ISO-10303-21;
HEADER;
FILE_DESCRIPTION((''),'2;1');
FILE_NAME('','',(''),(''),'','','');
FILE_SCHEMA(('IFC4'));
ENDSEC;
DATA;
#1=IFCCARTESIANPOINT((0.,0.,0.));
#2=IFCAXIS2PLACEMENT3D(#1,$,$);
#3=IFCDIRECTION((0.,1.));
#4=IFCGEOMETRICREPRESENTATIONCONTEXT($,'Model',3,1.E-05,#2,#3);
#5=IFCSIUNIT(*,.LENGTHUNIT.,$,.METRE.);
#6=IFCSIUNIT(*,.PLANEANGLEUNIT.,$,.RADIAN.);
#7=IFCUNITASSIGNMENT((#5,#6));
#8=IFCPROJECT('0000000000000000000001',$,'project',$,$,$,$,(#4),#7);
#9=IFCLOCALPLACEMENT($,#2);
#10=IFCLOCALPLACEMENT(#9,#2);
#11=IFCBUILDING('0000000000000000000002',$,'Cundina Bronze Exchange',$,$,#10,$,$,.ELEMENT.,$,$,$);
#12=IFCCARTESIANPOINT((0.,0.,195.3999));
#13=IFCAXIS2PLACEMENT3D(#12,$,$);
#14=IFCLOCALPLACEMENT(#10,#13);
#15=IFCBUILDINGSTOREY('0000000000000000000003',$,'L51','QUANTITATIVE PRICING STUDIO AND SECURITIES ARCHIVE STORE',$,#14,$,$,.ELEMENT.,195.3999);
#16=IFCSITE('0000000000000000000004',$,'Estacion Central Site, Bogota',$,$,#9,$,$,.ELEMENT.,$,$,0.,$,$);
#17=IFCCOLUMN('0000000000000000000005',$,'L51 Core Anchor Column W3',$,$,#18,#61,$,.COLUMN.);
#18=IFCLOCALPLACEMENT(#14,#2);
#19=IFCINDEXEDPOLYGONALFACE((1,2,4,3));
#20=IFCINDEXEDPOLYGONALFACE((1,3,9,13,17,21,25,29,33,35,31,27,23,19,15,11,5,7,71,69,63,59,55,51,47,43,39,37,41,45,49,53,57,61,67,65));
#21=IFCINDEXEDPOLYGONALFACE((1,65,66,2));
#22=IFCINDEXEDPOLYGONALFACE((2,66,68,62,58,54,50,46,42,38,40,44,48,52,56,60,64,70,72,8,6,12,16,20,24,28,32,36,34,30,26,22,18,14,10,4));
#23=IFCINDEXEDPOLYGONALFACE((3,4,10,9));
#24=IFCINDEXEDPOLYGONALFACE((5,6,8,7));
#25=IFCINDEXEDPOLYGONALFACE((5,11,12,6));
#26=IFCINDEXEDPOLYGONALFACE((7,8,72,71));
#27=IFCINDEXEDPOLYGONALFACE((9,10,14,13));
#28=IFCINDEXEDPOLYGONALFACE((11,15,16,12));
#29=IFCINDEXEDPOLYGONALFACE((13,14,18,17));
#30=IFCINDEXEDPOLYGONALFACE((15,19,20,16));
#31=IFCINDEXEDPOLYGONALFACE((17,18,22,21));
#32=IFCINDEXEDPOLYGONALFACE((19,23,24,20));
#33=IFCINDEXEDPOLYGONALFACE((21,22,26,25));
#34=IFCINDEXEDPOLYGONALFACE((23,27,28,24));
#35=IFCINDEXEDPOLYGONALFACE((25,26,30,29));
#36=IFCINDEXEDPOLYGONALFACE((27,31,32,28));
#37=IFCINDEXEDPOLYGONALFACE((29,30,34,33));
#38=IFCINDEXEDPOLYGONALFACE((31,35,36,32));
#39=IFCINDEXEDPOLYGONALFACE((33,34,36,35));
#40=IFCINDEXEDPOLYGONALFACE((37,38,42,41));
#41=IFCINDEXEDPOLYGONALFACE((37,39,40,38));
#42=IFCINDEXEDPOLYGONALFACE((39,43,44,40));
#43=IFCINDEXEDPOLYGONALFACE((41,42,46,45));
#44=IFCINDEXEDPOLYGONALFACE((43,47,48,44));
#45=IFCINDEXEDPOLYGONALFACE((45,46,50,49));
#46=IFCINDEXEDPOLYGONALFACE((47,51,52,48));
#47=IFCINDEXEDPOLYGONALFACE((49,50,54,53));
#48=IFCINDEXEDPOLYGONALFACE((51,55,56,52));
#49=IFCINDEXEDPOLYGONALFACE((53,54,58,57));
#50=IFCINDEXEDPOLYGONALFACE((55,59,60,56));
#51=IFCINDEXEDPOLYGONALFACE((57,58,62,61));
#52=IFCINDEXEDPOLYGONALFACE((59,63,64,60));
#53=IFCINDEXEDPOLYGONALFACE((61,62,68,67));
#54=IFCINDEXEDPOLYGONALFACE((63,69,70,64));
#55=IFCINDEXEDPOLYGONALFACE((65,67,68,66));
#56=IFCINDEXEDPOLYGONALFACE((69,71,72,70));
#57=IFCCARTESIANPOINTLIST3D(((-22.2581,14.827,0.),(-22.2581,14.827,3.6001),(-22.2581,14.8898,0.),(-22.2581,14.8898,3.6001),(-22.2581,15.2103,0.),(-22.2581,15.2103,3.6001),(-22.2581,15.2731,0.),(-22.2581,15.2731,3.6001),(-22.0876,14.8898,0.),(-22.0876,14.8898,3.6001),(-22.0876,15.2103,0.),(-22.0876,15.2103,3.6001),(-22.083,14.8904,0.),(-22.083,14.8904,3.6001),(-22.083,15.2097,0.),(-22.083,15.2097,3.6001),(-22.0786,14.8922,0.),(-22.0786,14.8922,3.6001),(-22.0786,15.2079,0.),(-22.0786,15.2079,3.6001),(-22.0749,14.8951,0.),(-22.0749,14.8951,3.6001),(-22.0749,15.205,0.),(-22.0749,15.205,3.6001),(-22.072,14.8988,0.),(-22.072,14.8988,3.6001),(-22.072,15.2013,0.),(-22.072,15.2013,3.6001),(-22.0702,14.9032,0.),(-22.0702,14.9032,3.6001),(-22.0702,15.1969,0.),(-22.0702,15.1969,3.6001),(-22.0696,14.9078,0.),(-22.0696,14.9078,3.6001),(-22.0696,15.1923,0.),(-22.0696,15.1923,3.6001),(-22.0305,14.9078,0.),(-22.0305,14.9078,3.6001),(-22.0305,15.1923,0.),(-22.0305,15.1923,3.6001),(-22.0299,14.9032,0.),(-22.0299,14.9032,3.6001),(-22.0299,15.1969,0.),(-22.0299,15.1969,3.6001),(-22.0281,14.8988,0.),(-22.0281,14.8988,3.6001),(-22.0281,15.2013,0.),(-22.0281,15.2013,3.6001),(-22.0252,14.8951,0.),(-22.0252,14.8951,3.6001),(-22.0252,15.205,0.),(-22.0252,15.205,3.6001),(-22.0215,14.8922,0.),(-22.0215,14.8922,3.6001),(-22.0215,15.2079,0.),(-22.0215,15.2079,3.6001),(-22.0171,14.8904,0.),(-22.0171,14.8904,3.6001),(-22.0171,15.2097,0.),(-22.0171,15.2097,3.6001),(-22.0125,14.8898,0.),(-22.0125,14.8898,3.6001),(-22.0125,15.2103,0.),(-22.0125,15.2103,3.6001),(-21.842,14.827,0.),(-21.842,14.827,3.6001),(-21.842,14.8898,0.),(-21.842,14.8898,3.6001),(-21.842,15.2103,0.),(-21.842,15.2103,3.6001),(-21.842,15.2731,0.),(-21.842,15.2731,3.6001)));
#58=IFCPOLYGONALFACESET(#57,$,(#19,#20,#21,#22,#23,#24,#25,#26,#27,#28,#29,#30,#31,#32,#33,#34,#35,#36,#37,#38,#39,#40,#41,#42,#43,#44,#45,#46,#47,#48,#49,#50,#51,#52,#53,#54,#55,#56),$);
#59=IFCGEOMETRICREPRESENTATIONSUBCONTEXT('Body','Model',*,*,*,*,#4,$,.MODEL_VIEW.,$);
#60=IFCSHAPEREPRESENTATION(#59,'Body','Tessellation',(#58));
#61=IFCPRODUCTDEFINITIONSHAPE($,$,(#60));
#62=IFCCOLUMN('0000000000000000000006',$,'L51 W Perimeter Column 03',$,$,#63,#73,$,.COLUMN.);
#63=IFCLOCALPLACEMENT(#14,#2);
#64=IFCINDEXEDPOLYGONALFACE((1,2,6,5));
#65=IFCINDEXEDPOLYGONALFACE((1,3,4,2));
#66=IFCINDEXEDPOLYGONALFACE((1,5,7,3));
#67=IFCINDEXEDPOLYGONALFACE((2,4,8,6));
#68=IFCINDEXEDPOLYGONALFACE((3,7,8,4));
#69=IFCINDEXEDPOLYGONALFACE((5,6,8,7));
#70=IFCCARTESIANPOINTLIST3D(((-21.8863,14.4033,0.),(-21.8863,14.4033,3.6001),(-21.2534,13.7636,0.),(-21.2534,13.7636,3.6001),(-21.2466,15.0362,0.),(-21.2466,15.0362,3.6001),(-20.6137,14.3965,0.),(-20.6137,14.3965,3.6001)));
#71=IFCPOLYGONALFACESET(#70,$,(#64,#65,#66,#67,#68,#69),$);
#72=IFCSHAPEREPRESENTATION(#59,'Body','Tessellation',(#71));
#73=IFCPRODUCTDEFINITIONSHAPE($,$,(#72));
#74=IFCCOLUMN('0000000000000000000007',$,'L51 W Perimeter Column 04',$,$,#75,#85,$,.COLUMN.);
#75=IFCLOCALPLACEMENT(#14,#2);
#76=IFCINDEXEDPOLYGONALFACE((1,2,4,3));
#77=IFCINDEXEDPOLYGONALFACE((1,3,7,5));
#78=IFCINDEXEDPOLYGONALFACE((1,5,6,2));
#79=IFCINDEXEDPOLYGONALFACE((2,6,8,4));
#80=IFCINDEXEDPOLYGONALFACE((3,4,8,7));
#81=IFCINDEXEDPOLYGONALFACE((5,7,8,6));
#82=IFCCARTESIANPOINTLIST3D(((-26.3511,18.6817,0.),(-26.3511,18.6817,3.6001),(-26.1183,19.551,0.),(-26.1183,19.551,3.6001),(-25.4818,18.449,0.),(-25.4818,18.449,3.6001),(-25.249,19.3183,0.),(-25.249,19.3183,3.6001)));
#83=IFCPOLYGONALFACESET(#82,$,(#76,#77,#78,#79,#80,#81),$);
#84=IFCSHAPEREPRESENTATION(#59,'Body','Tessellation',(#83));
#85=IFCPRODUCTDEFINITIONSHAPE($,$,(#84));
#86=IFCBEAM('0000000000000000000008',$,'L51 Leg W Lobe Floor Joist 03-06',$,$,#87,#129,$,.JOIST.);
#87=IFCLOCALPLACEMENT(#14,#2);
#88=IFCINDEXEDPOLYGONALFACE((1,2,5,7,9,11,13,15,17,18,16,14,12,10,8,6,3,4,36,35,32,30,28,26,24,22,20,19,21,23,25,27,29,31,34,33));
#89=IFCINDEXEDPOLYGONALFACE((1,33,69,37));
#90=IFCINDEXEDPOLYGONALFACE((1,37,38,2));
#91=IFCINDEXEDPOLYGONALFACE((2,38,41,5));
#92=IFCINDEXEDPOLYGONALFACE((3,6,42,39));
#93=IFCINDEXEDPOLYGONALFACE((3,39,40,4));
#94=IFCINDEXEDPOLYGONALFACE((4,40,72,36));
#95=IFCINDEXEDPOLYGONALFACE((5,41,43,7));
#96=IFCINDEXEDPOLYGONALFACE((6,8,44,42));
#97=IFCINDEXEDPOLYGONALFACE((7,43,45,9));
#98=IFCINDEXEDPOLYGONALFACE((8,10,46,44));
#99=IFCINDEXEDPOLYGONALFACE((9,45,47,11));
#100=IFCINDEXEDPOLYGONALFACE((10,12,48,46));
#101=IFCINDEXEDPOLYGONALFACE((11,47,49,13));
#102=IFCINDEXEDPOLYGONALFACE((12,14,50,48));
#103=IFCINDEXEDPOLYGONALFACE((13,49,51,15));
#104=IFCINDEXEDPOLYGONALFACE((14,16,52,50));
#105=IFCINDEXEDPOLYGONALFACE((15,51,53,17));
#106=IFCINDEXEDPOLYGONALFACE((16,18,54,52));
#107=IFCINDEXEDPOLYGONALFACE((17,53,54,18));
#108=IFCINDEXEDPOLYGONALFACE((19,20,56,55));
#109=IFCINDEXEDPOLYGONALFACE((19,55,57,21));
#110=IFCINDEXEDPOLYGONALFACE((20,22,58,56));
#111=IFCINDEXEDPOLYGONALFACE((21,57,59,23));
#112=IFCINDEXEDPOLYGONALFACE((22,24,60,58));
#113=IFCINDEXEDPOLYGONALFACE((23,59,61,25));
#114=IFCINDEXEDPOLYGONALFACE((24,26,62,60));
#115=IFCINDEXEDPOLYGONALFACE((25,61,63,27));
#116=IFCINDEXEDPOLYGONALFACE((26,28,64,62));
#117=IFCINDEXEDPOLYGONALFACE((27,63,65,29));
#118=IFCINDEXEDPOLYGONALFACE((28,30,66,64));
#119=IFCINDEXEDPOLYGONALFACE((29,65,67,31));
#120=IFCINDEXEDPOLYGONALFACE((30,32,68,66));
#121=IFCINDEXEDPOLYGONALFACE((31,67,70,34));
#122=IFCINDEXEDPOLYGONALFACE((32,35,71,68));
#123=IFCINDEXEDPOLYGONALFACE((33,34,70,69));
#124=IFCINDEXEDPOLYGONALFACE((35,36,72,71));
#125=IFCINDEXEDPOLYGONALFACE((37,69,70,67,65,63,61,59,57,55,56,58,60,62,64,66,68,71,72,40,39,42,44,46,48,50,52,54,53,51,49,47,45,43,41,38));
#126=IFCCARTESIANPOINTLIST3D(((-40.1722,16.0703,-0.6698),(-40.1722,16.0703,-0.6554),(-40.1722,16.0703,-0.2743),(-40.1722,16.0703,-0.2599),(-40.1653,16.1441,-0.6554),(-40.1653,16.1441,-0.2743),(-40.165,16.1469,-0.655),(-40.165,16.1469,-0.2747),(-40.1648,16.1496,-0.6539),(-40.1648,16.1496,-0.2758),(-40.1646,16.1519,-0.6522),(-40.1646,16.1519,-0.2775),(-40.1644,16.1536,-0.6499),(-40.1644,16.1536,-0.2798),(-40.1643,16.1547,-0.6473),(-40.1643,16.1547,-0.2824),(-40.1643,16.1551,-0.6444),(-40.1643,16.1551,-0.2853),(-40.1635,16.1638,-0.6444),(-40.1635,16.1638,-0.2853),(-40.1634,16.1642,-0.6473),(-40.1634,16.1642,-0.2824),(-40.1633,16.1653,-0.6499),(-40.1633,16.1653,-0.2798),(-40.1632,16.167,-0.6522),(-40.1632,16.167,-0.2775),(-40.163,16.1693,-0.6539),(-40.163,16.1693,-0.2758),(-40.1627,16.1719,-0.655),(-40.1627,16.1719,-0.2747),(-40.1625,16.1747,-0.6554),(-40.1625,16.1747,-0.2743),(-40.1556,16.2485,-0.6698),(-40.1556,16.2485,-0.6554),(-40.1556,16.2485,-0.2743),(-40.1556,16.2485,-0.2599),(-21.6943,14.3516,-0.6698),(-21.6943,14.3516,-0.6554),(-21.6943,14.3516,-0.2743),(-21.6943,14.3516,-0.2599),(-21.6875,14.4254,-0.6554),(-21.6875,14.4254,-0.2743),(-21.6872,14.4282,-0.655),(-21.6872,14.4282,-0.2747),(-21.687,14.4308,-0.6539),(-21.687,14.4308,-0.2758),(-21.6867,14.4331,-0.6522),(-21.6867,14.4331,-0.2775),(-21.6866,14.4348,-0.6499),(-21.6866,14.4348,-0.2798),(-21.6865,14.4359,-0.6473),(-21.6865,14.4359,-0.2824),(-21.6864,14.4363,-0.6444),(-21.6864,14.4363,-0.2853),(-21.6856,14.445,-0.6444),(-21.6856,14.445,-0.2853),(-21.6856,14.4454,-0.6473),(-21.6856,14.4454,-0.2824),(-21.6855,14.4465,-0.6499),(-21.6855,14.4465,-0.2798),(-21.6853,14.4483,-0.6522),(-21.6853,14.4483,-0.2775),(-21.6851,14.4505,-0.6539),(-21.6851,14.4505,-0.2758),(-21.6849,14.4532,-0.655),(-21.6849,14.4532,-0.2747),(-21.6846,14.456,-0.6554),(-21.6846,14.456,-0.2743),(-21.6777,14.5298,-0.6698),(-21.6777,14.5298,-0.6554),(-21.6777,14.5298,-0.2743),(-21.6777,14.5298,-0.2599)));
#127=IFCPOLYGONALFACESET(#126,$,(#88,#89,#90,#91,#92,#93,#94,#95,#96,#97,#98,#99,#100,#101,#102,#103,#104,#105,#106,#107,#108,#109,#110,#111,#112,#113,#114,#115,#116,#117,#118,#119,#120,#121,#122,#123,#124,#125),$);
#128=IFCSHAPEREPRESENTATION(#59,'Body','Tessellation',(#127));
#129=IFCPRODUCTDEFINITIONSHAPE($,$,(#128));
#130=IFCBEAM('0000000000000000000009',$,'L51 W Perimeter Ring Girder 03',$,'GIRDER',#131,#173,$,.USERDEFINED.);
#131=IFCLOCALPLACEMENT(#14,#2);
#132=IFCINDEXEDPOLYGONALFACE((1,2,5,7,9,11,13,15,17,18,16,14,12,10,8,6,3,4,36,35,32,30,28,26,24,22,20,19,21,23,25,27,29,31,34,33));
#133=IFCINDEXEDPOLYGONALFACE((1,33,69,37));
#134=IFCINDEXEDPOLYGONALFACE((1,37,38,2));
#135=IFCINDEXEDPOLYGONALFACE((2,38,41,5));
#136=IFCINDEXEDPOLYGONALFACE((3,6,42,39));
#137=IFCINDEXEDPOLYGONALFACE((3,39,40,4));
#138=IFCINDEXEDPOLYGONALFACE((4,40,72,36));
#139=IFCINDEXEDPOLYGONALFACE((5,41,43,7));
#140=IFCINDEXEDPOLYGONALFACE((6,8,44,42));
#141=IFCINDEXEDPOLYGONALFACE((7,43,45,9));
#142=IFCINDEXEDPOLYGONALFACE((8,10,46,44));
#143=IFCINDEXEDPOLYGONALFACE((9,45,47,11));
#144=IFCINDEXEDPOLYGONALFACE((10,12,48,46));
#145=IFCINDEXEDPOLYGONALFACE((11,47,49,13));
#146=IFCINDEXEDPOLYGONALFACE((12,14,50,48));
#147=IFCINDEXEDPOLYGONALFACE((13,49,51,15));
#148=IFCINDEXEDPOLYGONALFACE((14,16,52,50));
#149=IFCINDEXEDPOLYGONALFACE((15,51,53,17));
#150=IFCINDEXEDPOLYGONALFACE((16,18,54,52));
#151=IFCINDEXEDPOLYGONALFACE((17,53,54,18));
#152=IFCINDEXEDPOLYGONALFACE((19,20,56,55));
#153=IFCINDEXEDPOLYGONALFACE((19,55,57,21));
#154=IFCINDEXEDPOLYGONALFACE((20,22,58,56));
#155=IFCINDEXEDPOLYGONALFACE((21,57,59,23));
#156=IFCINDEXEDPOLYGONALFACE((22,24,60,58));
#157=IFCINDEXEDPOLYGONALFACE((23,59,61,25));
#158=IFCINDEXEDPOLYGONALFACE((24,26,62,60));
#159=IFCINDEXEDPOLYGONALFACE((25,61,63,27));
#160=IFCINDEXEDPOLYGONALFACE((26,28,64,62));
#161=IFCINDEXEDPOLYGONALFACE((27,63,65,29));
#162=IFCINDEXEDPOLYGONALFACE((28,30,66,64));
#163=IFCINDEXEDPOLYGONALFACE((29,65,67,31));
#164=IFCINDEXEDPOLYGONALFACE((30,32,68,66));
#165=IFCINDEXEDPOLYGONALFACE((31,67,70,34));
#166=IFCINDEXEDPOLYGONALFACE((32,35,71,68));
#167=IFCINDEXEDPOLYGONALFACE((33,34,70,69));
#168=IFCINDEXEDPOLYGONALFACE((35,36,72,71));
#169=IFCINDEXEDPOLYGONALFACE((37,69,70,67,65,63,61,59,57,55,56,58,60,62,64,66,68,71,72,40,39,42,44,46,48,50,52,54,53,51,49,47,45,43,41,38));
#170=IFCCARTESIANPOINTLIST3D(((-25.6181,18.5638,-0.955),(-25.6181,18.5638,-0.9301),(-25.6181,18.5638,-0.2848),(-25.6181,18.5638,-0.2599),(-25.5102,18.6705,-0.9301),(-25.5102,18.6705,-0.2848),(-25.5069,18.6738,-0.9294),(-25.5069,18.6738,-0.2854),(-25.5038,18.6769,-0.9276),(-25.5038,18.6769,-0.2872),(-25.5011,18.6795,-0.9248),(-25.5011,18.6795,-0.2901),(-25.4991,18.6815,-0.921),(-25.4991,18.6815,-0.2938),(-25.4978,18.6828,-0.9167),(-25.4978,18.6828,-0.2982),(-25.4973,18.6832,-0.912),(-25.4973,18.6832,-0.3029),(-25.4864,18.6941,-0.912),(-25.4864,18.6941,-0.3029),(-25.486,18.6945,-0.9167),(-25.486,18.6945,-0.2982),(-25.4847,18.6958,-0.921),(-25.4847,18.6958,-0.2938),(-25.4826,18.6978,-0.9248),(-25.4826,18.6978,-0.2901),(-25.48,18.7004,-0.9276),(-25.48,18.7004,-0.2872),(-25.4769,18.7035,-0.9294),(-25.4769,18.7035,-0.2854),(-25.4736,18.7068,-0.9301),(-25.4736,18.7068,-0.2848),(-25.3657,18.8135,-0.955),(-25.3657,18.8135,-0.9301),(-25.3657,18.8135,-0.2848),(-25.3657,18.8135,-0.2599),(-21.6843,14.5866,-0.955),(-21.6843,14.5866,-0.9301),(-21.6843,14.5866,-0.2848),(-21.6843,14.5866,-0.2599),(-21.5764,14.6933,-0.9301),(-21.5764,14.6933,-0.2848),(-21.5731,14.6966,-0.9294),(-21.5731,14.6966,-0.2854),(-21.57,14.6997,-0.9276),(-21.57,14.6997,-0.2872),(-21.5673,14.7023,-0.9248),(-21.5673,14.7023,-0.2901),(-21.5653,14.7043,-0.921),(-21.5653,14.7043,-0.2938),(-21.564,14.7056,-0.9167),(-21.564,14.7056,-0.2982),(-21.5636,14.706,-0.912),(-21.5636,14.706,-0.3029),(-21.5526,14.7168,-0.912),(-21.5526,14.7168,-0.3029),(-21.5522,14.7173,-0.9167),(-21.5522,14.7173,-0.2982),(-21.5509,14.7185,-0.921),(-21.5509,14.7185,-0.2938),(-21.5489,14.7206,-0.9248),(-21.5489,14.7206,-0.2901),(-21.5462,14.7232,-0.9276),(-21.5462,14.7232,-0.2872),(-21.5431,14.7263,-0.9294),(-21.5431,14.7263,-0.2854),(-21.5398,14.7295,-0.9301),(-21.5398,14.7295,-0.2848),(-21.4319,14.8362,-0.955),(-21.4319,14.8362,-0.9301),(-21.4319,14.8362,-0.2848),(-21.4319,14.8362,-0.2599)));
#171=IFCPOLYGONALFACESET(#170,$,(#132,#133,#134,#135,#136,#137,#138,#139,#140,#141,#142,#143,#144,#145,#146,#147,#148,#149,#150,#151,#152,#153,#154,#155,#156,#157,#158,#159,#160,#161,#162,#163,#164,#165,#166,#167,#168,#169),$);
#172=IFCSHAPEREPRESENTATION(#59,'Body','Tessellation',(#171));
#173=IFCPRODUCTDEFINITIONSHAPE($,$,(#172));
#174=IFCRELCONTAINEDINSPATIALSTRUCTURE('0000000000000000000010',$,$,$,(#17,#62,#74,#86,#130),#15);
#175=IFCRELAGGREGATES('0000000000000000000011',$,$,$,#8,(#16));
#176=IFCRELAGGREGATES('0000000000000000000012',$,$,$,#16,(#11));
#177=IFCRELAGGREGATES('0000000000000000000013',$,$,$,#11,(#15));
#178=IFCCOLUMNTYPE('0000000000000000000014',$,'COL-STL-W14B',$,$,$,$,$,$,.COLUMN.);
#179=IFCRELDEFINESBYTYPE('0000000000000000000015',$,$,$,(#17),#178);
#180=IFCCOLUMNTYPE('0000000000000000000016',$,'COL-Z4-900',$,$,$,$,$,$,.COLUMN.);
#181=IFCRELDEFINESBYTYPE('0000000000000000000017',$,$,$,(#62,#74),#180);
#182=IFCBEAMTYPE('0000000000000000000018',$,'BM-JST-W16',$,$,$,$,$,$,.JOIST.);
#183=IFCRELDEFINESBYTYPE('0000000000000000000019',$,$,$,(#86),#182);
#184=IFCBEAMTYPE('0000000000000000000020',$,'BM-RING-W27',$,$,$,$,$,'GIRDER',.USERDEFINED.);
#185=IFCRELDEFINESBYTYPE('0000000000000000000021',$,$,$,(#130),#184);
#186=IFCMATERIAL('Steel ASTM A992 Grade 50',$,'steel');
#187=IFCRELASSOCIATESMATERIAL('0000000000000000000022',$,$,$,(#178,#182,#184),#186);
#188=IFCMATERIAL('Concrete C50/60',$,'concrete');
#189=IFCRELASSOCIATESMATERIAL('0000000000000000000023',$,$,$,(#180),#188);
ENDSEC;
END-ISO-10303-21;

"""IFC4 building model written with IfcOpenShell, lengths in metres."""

from ifc_helpers import new_model, si_unit, direction, frame, origin, origin_2d, place, context, subcontext, project, spatial, rectangle, i_section, extrude, material, material_profile, profile_set, type_object, element, save


model = new_model("IFC4")

# Units and contexts
model_context = context("Model", 3, precision=1e-05, world=origin(), true_north=direction((0.0, 1.0)))
body_context = subcontext(model_context, "Body", "Model", "MODEL_VIEW")
ifc_project = project(units=[si_unit("LENGTHUNIT", "METRE"), si_unit("PLANEANGLEUNIT", "RADIAN")], contexts=[model_context])

# Site, building, storey
site_placement = place(None, origin())
site = spatial("IfcSite", under=ifc_project, at=site_placement, Name="Estacion Central Site, Bogota", CompositionType="ELEMENT", RefElevation=0.0)
building_placement = place(site_placement, origin())
building = spatial("IfcBuilding", under=site, at=building_placement, Name="Cundina Bronze Exchange", CompositionType="ELEMENT")
storey_placement = place(building_placement, frame((0.0, 0.0, 195.3999)))
storey = spatial("IfcBuildingStorey", under=building, at=storey_placement, Name="L51", Description="QUANTITATIVE PRICING STUDIO AND SECURITIES ARCHIVE STORE", CompositionType="ELEMENT", Elevation=195.3999)

# Columns
ifc_material_1 = material(Name="Steel ASTM A992 Grade 50", Category="steel")
ifc_material_profile_1 = material_profile(ifc_material_1, i_section(OverallWidth=0.416, OverallDepth=0.446, WebThickness=0.0391, FlangeThickness=0.0627, FilletRadius=0.0181, at=origin_2d()), Name="W14X342", Category="steel")
ifc_profile_set_1 = profile_set([ifc_material_profile_1], Name="Steel ASTM A992 Grade 50")
column_type_1 = type_object("IfcColumnType", Name="COL-STL-W14B", PredefinedType="COLUMN", material=ifc_profile_set_1)
column_placement = place(storey_placement, frame((-22.05, 15.05, 0.0), z_axis=(0.0, 0.0, 1.0), x_axis=(1.0, 0.0, 0.0)))
element("IfcColumn", 1, at=column_placement, inside=storey, type_object=column_type_1, Name="L51 Core Anchor Column W3", PredefinedType="COLUMN", context=body_context, shape_type="SweptSolid", body=[
    extrude(i_section(OverallWidth=0.416, OverallDepth=0.446, WebThickness=0.0391, FlangeThickness=0.0627, FilletRadius=0.0181, at=origin_2d()), origin(), (0.0, 0.0, 1.0), 3.6001),
])
ifc_material_2 = material(Name="Concrete C50/60", Category="concrete")
ifc_material_profile_2 = material_profile(ifc_material_2, rectangle(XDim=0.8999, YDim=0.8999, at=origin_2d()), Name="RC900X900", Category="concrete")
ifc_profile_set_2 = profile_set([ifc_material_profile_2], Name="Concrete C50/60")
column_type_2 = type_object("IfcColumnType", Name="COL-Z4-900", PredefinedType="COLUMN", material=ifc_profile_set_2)
for number, where, z_axis, x_axis, name in (
    (2, (-21.25, 14.3999, 0.0), (0.0, 0.0, 1.0), (-0.703271, 0.710922, 0.0), "L51 W Perimeter Column 03"),
    (3, (-25.8, 19.0, 0.0), (0.0, 0.0, 1.0), (-0.965971, 0.25865, 0.0), "L51 W Perimeter Column 04"),
):
    element("IfcColumn", number, at=place(storey_placement, frame(where, z_axis=z_axis, x_axis=x_axis)), inside=storey, type_object=column_type_2, Name=name, PredefinedType="COLUMN", context=body_context, shape_type="SweptSolid", body=[
        extrude(rectangle(XDim=0.8999, YDim=0.8999, at=origin_2d()), origin(), (0.0, 0.0, 1.0), 3.6001),
    ])

# Beams
ifc_material_profile_3 = material_profile(ifc_material_1, i_section(OverallWidth=0.179, OverallDepth=0.4099, WebThickness=0.0088, FlangeThickness=0.0144, FilletRadius=0.011, at=origin_2d()), Name="W16X45", Category="steel")
ifc_profile_set_3 = profile_set([ifc_material_profile_3], Name="Steel ASTM A992 Grade 50")
beam_type_1 = type_object("IfcBeamType", Name="BM-JST-W16", PredefinedType="JOIST", material=ifc_profile_set_3)
beam_1_placement = place(storey_placement, frame((-21.686, 14.4407, -0.4648), z_axis=(-0.995702, 0.092617, 0.0), x_axis=(-0.092617, -0.995702, 0.0)))
element("IfcBeam", 4, at=beam_1_placement, inside=storey, type_object=beam_type_1, Name="L51 Leg W Lobe Floor Joist 03-06", PredefinedType="JOIST", context=body_context, shape_type="SweptSolid", body=[
    extrude(i_section(OverallWidth=0.179, OverallDepth=0.4099, WebThickness=0.0088, FlangeThickness=0.0144, FilletRadius=0.011, at=origin_2d()), origin(), (0.0, 0.0, 1.0), 18.5576),
])
ifc_material_profile_4 = material_profile(ifc_material_1, i_section(OverallWidth=0.355, OverallDepth=0.6951, WebThickness=0.0154, FlangeThickness=0.0249, FilletRadius=0.0181, at=origin_2d()), Name="W27X146", Category="steel")
ifc_profile_set_4 = profile_set([ifc_material_profile_4], Name="Steel ASTM A992 Grade 50")
beam_type_2 = type_object("IfcBeamType", Name="BM-RING-W27", ElementType="GIRDER", PredefinedType="USERDEFINED", material=ifc_profile_set_4)
beam_2_placement = place(storey_placement, frame((-21.5581, 14.7114, -0.6074), z_axis=(-0.703212, 0.71098, 0.0), x_axis=(-0.71098, -0.703212, 0.0)))
element("IfcBeam", 5, at=beam_2_placement, inside=storey, type_object=beam_type_2, Name="L51 W Perimeter Ring Girder 03", ObjectType="GIRDER", PredefinedType="USERDEFINED", context=body_context, shape_type="SweptSolid", body=[
    extrude(i_section(OverallWidth=0.355, OverallDepth=0.6951, WebThickness=0.0154, FlangeThickness=0.0249, FilletRadius=0.0181, at=origin_2d()), origin(), (0.0, 0.0, 1.0), 5.594),
])

save(model, "model.ifc")
